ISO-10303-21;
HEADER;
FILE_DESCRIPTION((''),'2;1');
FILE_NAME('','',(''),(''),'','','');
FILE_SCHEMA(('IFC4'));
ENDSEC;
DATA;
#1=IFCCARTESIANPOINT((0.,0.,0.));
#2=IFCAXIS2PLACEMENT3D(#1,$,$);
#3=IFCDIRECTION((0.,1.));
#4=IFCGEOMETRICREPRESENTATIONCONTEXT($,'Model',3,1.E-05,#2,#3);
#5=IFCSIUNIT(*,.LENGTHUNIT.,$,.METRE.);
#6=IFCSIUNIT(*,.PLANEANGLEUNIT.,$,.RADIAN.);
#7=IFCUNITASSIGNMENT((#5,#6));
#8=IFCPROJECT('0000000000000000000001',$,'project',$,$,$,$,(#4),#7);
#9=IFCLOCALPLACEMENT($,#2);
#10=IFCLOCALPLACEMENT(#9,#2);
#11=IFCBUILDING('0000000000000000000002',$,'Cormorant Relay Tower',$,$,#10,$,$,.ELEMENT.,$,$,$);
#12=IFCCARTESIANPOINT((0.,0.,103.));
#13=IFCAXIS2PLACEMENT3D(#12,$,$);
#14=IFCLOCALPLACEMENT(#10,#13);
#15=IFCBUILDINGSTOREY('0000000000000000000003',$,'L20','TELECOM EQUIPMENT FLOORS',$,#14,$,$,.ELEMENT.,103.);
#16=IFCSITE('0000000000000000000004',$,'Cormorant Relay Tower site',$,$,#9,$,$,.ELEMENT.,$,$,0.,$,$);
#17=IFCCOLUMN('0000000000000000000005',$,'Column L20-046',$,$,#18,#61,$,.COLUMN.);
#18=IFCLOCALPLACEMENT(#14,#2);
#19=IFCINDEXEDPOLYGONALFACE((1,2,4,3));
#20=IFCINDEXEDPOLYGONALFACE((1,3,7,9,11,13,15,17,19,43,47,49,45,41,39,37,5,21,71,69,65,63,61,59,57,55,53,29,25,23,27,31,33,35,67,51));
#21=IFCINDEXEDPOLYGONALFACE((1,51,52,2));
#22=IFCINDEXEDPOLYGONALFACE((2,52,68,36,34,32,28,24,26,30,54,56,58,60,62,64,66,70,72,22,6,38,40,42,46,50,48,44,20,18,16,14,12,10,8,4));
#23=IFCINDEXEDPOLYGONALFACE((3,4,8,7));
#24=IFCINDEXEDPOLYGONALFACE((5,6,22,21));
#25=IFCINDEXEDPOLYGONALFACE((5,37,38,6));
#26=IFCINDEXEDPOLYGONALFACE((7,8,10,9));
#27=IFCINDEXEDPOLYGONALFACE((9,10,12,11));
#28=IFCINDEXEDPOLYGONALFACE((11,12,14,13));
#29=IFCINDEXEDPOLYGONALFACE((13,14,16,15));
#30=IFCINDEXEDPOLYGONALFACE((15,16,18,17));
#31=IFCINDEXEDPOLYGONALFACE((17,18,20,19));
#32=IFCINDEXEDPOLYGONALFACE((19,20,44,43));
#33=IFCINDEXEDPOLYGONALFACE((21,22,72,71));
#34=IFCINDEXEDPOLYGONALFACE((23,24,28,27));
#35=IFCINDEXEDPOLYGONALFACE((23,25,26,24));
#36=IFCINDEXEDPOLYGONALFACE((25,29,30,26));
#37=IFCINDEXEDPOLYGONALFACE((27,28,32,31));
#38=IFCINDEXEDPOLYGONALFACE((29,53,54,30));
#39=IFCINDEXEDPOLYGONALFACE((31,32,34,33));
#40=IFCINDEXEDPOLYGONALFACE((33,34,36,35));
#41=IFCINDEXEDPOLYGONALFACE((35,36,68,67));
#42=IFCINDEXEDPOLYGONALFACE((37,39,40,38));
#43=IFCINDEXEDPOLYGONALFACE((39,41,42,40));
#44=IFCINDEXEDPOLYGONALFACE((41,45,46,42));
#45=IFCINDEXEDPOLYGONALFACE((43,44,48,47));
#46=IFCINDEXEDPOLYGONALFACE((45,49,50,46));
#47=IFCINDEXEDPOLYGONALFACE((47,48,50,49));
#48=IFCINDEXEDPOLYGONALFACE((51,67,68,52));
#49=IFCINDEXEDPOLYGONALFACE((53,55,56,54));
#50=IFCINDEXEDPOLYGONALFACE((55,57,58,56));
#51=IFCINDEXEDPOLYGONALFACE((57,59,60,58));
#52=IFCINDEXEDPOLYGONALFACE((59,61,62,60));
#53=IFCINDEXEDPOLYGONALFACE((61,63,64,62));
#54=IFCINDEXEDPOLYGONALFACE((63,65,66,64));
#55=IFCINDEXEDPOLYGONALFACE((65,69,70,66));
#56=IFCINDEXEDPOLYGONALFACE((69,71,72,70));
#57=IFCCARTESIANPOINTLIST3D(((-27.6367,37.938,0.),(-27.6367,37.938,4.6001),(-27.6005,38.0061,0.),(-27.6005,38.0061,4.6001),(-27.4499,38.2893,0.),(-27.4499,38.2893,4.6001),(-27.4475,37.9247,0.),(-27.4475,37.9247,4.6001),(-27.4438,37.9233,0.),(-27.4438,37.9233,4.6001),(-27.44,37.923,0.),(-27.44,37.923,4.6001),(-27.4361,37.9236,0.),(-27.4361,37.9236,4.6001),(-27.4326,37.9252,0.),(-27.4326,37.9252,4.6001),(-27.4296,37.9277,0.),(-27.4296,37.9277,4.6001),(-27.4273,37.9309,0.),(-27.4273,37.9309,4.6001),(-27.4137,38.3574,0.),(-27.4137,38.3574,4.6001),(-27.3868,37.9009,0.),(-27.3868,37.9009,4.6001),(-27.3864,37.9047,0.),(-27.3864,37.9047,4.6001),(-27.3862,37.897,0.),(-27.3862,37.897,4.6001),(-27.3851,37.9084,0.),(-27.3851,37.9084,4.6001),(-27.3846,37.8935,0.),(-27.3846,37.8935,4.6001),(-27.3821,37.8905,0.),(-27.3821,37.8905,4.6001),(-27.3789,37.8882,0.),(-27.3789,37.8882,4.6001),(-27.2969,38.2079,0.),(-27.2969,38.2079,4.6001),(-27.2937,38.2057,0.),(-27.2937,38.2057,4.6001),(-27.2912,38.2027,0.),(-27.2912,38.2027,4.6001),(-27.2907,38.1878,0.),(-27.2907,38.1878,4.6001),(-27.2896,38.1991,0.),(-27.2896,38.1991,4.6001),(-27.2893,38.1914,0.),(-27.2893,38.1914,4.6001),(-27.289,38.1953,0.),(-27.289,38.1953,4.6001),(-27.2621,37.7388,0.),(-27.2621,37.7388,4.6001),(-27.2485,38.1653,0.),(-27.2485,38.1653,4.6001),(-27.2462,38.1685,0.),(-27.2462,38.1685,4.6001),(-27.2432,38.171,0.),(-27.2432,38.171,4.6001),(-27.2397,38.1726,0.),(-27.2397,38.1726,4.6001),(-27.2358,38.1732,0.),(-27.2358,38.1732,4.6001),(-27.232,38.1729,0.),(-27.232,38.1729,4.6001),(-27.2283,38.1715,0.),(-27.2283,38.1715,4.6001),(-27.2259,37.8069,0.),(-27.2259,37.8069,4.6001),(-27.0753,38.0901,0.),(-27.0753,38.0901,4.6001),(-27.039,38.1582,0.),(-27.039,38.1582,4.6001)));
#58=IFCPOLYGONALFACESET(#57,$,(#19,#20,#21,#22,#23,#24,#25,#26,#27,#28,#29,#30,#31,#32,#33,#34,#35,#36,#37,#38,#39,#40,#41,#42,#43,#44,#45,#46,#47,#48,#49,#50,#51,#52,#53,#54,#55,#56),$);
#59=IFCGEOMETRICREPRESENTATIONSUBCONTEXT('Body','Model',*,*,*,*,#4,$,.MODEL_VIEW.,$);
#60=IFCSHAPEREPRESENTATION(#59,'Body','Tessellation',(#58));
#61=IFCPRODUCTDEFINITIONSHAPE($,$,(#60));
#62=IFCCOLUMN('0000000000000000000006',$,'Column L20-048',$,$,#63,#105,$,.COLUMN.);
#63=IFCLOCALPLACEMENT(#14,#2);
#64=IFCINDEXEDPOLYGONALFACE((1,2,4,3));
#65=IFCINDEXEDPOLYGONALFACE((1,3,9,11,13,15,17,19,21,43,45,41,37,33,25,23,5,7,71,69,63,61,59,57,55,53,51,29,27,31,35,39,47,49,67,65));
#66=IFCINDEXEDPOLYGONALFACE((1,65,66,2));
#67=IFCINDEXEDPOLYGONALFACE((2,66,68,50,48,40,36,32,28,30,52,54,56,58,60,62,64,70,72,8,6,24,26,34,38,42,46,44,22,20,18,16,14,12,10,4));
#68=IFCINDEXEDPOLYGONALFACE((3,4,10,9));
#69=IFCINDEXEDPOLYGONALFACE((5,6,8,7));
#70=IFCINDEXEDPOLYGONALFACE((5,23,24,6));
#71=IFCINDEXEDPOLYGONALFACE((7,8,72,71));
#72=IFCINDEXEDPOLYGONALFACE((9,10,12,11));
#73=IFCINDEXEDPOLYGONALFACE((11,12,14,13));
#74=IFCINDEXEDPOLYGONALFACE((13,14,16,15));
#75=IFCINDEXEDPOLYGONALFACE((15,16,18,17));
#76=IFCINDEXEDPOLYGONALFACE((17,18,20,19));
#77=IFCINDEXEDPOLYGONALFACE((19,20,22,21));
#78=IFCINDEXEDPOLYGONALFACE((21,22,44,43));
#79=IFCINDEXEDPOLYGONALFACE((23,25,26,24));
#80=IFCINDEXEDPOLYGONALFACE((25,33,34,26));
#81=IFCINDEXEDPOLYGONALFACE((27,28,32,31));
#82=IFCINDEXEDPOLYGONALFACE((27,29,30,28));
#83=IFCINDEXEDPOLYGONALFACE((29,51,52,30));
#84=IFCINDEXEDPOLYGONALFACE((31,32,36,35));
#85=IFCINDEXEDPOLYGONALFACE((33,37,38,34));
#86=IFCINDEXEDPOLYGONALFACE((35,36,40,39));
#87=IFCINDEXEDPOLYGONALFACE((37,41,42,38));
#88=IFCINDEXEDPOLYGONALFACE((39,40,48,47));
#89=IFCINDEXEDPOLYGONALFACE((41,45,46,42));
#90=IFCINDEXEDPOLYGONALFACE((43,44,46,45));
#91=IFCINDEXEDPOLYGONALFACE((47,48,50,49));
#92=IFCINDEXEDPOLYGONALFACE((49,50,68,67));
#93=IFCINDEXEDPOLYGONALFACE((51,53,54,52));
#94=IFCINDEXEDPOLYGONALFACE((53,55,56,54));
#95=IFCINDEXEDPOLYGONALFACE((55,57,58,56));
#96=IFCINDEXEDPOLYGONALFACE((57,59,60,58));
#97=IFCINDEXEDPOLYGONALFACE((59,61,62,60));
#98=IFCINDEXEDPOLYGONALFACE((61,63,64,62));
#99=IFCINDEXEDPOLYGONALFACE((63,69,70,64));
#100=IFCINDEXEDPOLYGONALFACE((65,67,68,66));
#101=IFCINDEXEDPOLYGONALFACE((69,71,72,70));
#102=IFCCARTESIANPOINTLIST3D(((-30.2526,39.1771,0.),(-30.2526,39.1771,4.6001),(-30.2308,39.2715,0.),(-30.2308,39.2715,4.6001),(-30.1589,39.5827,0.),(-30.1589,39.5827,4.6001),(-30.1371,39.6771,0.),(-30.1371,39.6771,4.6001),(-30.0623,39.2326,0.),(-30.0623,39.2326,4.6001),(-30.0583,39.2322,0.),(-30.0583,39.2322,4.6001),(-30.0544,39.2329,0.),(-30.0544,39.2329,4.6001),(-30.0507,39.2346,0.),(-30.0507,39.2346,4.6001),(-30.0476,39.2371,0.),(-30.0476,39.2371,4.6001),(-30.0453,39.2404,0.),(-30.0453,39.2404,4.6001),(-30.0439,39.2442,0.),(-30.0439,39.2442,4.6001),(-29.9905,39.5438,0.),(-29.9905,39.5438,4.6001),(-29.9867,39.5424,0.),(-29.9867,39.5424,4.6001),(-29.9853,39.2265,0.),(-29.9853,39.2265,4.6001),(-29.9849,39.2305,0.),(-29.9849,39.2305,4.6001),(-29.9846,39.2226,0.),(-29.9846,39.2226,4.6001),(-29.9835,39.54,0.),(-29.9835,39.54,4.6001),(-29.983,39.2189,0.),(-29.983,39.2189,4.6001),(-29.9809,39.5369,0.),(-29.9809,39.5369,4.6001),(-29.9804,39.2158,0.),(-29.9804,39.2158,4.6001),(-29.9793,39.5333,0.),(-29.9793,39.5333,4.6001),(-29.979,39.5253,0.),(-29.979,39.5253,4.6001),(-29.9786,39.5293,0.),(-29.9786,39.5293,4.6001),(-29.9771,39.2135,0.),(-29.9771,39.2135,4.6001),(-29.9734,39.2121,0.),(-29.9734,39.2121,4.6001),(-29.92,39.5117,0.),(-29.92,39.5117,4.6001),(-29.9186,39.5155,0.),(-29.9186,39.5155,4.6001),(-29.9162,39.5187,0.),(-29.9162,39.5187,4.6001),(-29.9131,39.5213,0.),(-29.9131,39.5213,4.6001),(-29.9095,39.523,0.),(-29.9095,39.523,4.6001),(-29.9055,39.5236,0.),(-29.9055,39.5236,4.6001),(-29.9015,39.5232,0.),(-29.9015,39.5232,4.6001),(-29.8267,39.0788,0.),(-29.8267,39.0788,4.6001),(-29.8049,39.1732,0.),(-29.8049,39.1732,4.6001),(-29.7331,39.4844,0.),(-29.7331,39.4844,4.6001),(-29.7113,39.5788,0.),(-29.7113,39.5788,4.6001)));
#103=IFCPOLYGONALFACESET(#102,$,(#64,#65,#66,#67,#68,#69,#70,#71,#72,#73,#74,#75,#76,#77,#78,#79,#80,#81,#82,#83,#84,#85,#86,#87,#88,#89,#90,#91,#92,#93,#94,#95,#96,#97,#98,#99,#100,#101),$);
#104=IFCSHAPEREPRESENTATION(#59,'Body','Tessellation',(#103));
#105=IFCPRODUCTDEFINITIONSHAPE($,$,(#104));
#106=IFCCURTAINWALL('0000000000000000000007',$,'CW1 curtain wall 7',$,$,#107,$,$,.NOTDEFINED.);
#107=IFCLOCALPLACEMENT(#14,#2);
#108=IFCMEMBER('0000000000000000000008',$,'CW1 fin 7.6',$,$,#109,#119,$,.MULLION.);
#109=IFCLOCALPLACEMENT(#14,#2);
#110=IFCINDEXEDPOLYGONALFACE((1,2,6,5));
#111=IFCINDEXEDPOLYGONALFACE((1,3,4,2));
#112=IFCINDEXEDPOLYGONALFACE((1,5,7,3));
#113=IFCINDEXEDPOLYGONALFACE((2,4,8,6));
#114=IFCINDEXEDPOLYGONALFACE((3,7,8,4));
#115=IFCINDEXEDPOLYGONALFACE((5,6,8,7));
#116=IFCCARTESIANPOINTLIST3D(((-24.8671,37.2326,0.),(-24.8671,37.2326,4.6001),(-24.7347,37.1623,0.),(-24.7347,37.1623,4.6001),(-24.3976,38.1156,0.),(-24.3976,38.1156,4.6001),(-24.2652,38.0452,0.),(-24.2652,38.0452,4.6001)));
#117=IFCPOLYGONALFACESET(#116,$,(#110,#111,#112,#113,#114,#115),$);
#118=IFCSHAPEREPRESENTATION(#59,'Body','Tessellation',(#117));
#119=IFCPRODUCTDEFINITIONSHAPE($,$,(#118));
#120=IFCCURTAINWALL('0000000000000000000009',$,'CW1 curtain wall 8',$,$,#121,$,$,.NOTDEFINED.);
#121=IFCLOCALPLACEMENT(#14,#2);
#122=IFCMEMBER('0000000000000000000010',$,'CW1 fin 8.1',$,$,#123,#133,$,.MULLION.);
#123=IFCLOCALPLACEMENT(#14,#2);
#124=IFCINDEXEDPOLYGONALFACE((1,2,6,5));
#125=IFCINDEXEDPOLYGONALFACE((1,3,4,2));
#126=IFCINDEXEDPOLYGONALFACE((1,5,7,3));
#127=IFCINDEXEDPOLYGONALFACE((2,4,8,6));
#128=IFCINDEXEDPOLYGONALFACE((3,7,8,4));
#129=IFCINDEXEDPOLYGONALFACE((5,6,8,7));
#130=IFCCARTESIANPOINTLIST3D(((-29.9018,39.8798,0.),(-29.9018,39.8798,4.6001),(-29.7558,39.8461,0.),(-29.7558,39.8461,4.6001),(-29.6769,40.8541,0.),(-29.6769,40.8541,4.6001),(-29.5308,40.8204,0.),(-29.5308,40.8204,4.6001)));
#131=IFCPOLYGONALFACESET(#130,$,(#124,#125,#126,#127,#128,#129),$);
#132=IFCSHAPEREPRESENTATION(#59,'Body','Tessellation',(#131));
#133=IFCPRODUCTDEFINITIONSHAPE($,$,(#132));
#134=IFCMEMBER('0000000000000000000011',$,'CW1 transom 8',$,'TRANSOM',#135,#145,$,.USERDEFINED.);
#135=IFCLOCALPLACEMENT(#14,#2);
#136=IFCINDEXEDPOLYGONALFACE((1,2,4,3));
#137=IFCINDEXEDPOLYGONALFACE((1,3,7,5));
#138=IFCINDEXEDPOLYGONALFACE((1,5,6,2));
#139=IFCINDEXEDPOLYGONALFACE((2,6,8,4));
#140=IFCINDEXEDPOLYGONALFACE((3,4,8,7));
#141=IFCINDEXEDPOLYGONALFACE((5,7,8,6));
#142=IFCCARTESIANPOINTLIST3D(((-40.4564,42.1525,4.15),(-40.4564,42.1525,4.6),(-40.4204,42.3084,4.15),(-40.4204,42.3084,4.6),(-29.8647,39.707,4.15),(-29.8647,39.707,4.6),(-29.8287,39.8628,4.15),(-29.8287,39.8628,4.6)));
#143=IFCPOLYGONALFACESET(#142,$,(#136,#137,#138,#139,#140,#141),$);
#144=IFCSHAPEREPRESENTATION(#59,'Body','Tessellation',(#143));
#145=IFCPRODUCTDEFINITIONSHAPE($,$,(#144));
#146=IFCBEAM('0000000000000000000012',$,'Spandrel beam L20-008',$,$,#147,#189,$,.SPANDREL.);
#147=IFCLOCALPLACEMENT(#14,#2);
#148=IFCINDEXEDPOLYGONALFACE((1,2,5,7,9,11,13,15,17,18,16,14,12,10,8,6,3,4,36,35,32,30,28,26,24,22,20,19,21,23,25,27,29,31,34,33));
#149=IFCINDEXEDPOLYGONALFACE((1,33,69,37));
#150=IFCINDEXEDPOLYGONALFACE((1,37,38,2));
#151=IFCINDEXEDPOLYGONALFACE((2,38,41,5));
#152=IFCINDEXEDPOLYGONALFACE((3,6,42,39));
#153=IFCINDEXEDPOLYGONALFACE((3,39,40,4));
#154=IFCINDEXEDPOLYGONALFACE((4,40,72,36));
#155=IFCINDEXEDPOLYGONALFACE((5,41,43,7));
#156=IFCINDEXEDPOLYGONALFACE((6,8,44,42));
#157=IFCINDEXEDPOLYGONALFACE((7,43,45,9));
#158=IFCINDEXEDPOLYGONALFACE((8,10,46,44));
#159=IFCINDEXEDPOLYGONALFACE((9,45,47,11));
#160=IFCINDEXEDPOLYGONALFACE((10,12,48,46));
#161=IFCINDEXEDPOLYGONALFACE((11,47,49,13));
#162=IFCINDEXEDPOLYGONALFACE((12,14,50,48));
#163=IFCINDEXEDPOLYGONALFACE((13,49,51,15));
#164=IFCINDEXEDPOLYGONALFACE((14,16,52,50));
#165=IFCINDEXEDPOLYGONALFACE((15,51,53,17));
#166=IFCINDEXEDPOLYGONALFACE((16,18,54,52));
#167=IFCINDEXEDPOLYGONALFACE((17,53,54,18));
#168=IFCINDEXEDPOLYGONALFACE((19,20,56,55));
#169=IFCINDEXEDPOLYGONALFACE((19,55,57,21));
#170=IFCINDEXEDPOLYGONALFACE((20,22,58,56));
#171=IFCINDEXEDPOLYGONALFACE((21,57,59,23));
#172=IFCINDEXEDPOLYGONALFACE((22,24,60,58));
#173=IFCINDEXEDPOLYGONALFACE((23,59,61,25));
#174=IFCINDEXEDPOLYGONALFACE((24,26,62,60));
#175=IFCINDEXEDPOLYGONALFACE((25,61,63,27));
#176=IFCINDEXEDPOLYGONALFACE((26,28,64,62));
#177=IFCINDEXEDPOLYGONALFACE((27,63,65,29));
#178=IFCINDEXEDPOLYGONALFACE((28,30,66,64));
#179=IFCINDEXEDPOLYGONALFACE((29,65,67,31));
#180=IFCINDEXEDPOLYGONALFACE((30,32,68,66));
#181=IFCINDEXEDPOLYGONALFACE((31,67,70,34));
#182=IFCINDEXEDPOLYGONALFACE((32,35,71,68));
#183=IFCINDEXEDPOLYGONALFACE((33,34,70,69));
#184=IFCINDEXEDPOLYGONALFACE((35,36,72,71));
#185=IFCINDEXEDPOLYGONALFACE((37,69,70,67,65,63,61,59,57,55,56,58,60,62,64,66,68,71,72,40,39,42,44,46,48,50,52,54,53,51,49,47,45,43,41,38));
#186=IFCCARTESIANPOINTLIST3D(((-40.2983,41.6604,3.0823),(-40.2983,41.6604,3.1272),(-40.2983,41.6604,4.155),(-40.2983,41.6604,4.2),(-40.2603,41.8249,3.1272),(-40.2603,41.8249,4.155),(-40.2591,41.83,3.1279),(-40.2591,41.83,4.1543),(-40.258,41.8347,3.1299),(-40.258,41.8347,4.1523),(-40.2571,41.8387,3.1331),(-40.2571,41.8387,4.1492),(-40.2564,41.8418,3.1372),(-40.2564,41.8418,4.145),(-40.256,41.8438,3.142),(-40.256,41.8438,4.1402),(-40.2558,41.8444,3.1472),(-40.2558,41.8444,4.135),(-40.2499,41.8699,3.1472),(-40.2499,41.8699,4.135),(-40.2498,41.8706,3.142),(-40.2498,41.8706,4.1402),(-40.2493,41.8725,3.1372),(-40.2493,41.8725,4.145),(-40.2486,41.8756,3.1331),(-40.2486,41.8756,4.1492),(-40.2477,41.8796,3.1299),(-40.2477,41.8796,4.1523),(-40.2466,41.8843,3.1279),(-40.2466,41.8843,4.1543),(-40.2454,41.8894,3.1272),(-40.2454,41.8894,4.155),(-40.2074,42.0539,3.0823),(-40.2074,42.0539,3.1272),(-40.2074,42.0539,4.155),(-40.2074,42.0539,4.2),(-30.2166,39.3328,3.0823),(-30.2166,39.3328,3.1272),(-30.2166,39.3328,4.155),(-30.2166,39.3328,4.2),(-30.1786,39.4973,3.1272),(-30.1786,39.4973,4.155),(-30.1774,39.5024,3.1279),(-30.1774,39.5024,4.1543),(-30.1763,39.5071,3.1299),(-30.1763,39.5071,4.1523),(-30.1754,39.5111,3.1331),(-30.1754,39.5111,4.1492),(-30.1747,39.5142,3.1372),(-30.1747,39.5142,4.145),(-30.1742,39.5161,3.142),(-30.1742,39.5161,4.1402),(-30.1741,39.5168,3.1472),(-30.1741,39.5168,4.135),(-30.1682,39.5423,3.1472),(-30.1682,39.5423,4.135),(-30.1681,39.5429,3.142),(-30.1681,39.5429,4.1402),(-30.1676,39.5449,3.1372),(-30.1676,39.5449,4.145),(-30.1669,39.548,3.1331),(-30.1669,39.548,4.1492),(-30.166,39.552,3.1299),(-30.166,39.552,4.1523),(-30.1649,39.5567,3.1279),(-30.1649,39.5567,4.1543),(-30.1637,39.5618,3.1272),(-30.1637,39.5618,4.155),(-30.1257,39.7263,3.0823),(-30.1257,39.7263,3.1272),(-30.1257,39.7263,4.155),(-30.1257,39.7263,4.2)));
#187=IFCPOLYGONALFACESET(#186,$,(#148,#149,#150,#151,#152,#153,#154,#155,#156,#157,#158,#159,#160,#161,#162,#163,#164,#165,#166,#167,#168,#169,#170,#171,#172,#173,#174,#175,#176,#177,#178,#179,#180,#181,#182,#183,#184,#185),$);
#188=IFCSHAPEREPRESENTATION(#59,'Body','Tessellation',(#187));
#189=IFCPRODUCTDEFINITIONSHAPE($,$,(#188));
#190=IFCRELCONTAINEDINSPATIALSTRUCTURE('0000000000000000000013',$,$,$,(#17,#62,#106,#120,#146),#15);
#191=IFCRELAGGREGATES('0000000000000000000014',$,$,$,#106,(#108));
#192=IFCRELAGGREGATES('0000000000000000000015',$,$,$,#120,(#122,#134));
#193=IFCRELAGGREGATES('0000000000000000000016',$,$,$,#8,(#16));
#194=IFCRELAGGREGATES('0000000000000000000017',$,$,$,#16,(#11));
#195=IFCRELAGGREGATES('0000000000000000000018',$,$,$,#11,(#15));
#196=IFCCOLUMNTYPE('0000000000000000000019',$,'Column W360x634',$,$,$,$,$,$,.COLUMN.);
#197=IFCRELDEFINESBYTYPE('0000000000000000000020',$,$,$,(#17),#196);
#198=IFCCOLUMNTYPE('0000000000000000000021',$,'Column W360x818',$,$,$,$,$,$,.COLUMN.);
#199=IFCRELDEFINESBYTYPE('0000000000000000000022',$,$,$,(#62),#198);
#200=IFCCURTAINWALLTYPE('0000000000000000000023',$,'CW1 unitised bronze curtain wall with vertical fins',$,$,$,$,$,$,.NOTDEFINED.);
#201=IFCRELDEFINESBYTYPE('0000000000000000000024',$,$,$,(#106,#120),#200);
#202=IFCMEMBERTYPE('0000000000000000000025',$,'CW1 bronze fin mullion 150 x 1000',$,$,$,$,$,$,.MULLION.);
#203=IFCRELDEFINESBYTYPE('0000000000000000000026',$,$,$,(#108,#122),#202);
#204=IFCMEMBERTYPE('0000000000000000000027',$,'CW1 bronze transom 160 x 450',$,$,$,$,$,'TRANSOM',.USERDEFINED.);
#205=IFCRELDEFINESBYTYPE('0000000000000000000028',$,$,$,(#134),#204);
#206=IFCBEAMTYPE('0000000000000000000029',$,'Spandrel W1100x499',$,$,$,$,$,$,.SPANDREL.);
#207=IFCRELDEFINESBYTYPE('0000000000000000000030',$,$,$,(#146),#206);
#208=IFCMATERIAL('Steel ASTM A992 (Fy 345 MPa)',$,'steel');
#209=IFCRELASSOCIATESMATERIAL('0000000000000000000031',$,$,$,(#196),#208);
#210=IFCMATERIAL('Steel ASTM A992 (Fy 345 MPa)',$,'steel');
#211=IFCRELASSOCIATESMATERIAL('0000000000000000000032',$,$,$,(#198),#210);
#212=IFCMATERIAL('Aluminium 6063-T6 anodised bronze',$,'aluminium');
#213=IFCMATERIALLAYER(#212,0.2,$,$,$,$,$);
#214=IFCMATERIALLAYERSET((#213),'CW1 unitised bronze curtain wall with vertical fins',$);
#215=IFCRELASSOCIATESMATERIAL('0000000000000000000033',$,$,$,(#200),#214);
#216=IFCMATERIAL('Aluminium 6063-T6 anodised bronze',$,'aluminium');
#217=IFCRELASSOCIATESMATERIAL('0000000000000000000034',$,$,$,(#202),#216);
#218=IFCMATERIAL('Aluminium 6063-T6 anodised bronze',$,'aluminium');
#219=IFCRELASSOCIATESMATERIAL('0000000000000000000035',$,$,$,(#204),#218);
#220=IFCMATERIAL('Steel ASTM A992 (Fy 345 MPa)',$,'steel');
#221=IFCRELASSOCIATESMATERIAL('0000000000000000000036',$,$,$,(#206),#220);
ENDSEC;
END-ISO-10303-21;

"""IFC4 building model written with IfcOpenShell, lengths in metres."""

from ifc_helpers import new_model, si_unit, direction, frame, origin, origin_2d, place, context, subcontext, project, spatial, rectangle, i_section, extrude, material, layer, layer_set, material_profile, profile_set, type_object, element, aggregate, save


model = new_model("IFC4")

# Units and contexts
model_context = context("Model", 3, precision=1e-05, world=origin(), true_north=direction((0.0, 1.0)))
body_context = subcontext(model_context, "Body", "Model", "MODEL_VIEW")
ifc_project = project(units=[si_unit("LENGTHUNIT", "METRE"), si_unit("PLANEANGLEUNIT", "RADIAN")], contexts=[model_context])

# Site, building, storey
site_placement = place(None, origin())
site = spatial("IfcSite", under=ifc_project, at=site_placement, Name="Cormorant Relay Tower site", CompositionType="ELEMENT", RefElevation=0.0)
building_placement = place(site_placement, origin())
building = spatial("IfcBuilding", under=site, at=building_placement, Name="Cormorant Relay Tower", CompositionType="ELEMENT")
storey_placement = place(building_placement, frame((0.0, 0.0, 103.0)))
storey = spatial("IfcBuildingStorey", under=building, at=storey_placement, Name="L20", Description="TELECOM EQUIPMENT FLOORS", CompositionType="ELEMENT", Elevation=103.0)

# Columns
ifc_material_1 = material(Name="Steel ASTM A992 (Fy 345 MPa)", Category="steel")
ifc_material_profile_1 = material_profile(ifc_material_1, i_section(OverallWidth=0.4243, OverallDepth=0.4751, WebThickness=0.0479, FlangeThickness=0.0771, FilletRadius=0.0149, at=origin_2d()), Name="W360x634")
ifc_profile_set_1 = profile_set([ifc_material_profile_1], Name="Steel ASTM A992 (Fy 345 MPa)")
column_type_1 = type_object("IfcColumnType", Name="Column W360x634", PredefinedType="COLUMN", material=ifc_profile_set_1)
column_1_placement = place(storey_placement, frame((-27.3379, 38.0481, 0.0), z_axis=(0.0, 0.0, 1.0), x_axis=(-0.882948, 0.469472, 0.0)))
element("IfcColumn", 1, at=column_1_placement, inside=storey, type_object=column_type_1, Name="Column L20-046", PredefinedType="COLUMN", context=body_context, shape_type="SweptSolid", body=[
    extrude(i_section(OverallWidth=0.4243, OverallDepth=0.4751, WebThickness=0.0479, FlangeThickness=0.0771, FilletRadius=0.0149, at=origin_2d()), origin(), (0.0, 0.0, 1.0), 4.6001),
])
ifc_material_2 = material(Name="Steel ASTM A992 (Fy 345 MPa)", Category="steel")
ifc_material_profile_2 = material_profile(ifc_material_2, i_section(OverallWidth=0.437, OverallDepth=0.5132, WebThickness=0.0605, FlangeThickness=0.0969, FilletRadius=0.0154, at=origin_2d()), Name="W360x818")
ifc_profile_set_2 = profile_set([ifc_material_profile_2], Name="Steel ASTM A992 (Fy 345 MPa)")
column_type_2 = type_object("IfcColumnType", Name="Column W360x818", PredefinedType="COLUMN", material=ifc_profile_set_2)
column_2_placement = place(storey_placement, frame((-29.9819, 39.3779, 0.0), z_axis=(0.0, 0.0, 1.0), x_axis=(-0.97437, 0.224951, 0.0)))
element("IfcColumn", 2, at=column_2_placement, inside=storey, type_object=column_type_2, Name="Column L20-048", PredefinedType="COLUMN", context=body_context, shape_type="SweptSolid", body=[
    extrude(i_section(OverallWidth=0.437, OverallDepth=0.5132, WebThickness=0.0605, FlangeThickness=0.0969, FilletRadius=0.0154, at=origin_2d()), origin(), (0.0, 0.0, 1.0), 4.6001),
])

# Curtain wall, member
ifc_material_3 = material(Name="Aluminium 6063-T6 anodised bronze", Category="aluminium")
ifc_layer_1 = layer(ifc_material_3, 0.2)
ifc_layer_set_1 = layer_set([ifc_layer_1], Name="CW1 unitised bronze curtain wall with vertical fins")
curtain_wall_type = type_object("IfcCurtainWallType", Name="CW1 unitised bronze curtain wall with vertical fins", PredefinedType="NOTDEFINED", material=ifc_layer_set_1)
curtain_wall_1_placement = place(storey_placement, origin())
curtain_wall_1 = element("IfcCurtainWall", 3, at=curtain_wall_1_placement, inside=storey, type_object=curtain_wall_type, Name="CW1 curtain wall 7", PredefinedType="NOTDEFINED")
ifc_material_4 = material(Name="Aluminium 6063-T6 anodised bronze", Category="aluminium")
ifc_material_profile_3 = material_profile(ifc_material_4, rectangle(XDim=0.1499, YDim=1.0, at=origin_2d()), Name="AL 150x1000")
ifc_profile_set_3 = profile_set([ifc_material_profile_3], Name="Aluminium 6063-T6 anodised bronze")
member_type_1 = type_object("IfcMemberType", Name="CW1 bronze fin mullion 150 x 1000", PredefinedType="MULLION", material=ifc_profile_set_3)
member_1_placement = place(storey_placement, frame((-24.5662, 37.6389, 0.0), z_axis=(0.0, 0.0, 1.0), x_axis=(-0.882948, 0.469472, 0.0)))
member_1 = element("IfcMember", 4, at=member_1_placement, type_object=member_type_1, Name="CW1 fin 7.6", PredefinedType="MULLION", context=body_context, shape_type="SweptSolid", body=[
    extrude(rectangle(XDim=0.1499, YDim=1.0, at=origin_2d()), origin(), (0.0, 0.0, 1.0), 4.6001),
])

# Curtain wall, members
curtain_wall_2_placement = place(storey_placement, origin())
curtain_wall_2 = element("IfcCurtainWall", 5, at=curtain_wall_2_placement, inside=storey, type_object=curtain_wall_type, Name="CW1 curtain wall 8", PredefinedType="NOTDEFINED")
member_2_placement = place(storey_placement, frame((-29.7163, 40.3501, 0.0), z_axis=(0.0, 0.0, 1.0), x_axis=(-0.97437, 0.224951, 0.0)))
member_2 = element("IfcMember", 6, at=member_2_placement, type_object=member_type_1, Name="CW1 fin 8.1", PredefinedType="MULLION", context=body_context, shape_type="SweptSolid", body=[
    extrude(rectangle(XDim=0.1499, YDim=1.0, at=origin_2d()), origin(), (0.0, 0.0, 1.0), 4.6001),
])
ifc_material_5 = material(Name="Aluminium 6063-T6 anodised bronze", Category="aluminium")
ifc_material_profile_4 = material_profile(ifc_material_5, rectangle(XDim=0.1599, YDim=0.45, at=origin_2d()), Name="AL 160x450")
ifc_profile_set_4 = profile_set([ifc_material_profile_4], Name="Aluminium 6063-T6 anodised bronze")
member_type_2 = type_object("IfcMemberType", Name="CW1 bronze transom 160 x 450", ElementType="TRANSOM", PredefinedType="USERDEFINED", material=ifc_profile_set_4)
member_3_placement = place(storey_placement, frame((-29.8467, 39.7849, 4.375), z_axis=(-0.974365, 0.224973, 0.0), x_axis=(-0.224973, -0.974365, 0.0)))
member_3 = element("IfcMember", 7, at=member_3_placement, type_object=member_type_2, Name="CW1 transom 8", ObjectType="TRANSOM", PredefinedType="USERDEFINED", context=body_context, shape_type="SweptSolid", body=[
    extrude(rectangle(XDim=0.1599, YDim=0.45, at=origin_2d()), origin(), (0.0, 0.0, 1.0), 10.8704),
])

# Beam
ifc_material_6 = material(Name="Steel ASTM A992 (Fy 345 MPa)", Category="steel")
ifc_material_profile_5 = material_profile(ifc_material_6, i_section(OverallWidth=0.4038, OverallDepth=1.1177, WebThickness=0.0261, FlangeThickness=0.0449, FilletRadius=0.02, at=origin_2d()), Name="W1100x499")
ifc_profile_set_5 = profile_set([ifc_material_profile_5], Name="Steel ASTM A992 (Fy 345 MPa)")
beam_type = type_object("IfcBeamType", Name="Spandrel W1100x499", PredefinedType="SPANDREL", material=ifc_profile_set_5)
beam_placement = place(storey_placement, frame((-30.1711, 39.5295, 3.6411), z_axis=(-0.974369, 0.224958, 0.0), x_axis=(-0.224958, -0.974369, 0.0)))
element("IfcBeam", 8, at=beam_placement, inside=storey, type_object=beam_type, Name="Spandrel beam L20-008", PredefinedType="SPANDREL", context=body_context, shape_type="SweptSolid", body=[
    extrude(i_section(OverallWidth=0.4038, OverallDepth=1.1177, WebThickness=0.0261, FlangeThickness=0.0449, FilletRadius=0.02, at=origin_2d()), origin(), (0.0, 0.0, 1.0), 10.3469),
])

aggregate(curtain_wall_1, [member_1])
aggregate(curtain_wall_2, [member_2, member_3])

save(model, "model.ifc")
